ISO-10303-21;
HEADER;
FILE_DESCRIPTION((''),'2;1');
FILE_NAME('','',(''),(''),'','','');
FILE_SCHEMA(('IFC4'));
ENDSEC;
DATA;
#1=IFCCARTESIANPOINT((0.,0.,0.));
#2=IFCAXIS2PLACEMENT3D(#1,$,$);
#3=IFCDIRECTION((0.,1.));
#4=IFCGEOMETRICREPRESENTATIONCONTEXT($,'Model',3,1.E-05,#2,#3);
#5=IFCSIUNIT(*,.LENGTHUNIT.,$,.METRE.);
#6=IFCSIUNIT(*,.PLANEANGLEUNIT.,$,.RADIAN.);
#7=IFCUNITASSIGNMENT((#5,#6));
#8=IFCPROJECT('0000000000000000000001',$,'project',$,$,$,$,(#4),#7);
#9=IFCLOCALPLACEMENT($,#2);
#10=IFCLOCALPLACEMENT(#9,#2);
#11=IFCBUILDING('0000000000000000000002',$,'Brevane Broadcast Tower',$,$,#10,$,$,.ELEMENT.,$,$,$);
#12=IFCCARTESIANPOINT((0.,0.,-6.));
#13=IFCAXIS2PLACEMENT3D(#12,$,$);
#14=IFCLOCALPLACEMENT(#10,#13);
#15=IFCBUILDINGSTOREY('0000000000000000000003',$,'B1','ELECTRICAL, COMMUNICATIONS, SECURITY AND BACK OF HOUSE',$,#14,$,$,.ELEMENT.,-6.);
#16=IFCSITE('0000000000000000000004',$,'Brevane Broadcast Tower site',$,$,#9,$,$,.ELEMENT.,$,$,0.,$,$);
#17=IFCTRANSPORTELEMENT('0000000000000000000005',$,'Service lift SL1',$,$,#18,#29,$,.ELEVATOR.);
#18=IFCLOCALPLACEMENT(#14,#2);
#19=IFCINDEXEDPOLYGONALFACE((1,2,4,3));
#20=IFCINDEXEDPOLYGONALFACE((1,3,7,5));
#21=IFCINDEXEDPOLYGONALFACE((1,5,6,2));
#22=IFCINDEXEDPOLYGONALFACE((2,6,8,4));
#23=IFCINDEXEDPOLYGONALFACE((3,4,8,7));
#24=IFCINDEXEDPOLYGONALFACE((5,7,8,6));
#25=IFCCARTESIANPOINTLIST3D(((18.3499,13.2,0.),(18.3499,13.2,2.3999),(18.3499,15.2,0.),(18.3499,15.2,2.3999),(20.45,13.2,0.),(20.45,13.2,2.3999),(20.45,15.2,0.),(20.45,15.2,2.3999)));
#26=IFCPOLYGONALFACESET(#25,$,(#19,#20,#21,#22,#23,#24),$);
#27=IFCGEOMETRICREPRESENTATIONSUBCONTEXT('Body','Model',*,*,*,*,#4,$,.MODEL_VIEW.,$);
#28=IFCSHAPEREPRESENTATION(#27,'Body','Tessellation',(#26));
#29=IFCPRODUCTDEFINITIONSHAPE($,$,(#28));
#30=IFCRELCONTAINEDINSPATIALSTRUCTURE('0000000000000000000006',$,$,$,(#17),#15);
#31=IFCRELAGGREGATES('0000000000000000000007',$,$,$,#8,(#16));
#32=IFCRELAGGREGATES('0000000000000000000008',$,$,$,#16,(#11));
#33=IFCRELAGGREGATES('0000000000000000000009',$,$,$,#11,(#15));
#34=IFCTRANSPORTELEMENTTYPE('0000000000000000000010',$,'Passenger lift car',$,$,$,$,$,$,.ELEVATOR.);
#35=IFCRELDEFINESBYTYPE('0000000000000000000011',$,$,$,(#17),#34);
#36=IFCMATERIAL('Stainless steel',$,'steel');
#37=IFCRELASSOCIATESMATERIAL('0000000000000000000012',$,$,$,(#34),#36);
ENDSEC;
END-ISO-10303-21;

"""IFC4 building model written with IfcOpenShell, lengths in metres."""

from ifc_helpers import new_model, si_unit, direction, frame, origin, origin_2d, place, context, subcontext, project, spatial, rectangle, extrude, material, type_object, element, save


model = new_model("IFC4")

# Units and contexts
model_context = context("Model", 3, precision=1e-05, world=origin(), true_north=direction((0.0, 1.0)))
body_context = subcontext(model_context, "Body", "Model", "MODEL_VIEW")
ifc_project = project(units=[si_unit("LENGTHUNIT", "METRE"), si_unit("PLANEANGLEUNIT", "RADIAN")], contexts=[model_context])

# Site, building, storey
site_placement = place(None, origin())
site = spatial("IfcSite", under=ifc_project, at=site_placement, Name="Brevane Broadcast Tower site", CompositionType="ELEMENT", RefElevation=0.0)
building_placement = place(site_placement, origin())
building = spatial("IfcBuilding", under=site, at=building_placement, Name="Brevane Broadcast Tower", CompositionType="ELEMENT")
storey_placement = place(building_placement, frame((0.0, 0.0, -6.0)))
storey = spatial("IfcBuildingStorey", under=building, at=storey_placement, Name="B1", Description="ELECTRICAL, COMMUNICATIONS, SECURITY AND BACK OF HOUSE", CompositionType="ELEMENT", Elevation=-6.0)

# Transport element
ifc_material_1 = material(Name="Stainless steel", Category="steel")
transport_element_type = type_object("IfcTransportElementType", Name="Passenger lift car", PredefinedType="ELEVATOR", material=ifc_material_1)
for number, where, z_axis, x_axis, name in (
    (1, (19.3999, 14.2, 0.0), (0.0, 0.0, 1.0), (1.0, 0.0, 0.0), "Service lift SL1"),
):
    element("IfcTransportElement", number, at=place(storey_placement, frame(where, z_axis=z_axis, x_axis=x_axis)), inside=storey, type_object=transport_element_type, Name=name, PredefinedType="ELEVATOR", context=body_context, shape_type="SweptSolid", body=[
        extrude(rectangle(XDim=2.1001, YDim=2.0, at=origin_2d()), origin(), (0.0, 0.0, 1.0), 2.3999),
    ])

save(model, "model.ifc")
